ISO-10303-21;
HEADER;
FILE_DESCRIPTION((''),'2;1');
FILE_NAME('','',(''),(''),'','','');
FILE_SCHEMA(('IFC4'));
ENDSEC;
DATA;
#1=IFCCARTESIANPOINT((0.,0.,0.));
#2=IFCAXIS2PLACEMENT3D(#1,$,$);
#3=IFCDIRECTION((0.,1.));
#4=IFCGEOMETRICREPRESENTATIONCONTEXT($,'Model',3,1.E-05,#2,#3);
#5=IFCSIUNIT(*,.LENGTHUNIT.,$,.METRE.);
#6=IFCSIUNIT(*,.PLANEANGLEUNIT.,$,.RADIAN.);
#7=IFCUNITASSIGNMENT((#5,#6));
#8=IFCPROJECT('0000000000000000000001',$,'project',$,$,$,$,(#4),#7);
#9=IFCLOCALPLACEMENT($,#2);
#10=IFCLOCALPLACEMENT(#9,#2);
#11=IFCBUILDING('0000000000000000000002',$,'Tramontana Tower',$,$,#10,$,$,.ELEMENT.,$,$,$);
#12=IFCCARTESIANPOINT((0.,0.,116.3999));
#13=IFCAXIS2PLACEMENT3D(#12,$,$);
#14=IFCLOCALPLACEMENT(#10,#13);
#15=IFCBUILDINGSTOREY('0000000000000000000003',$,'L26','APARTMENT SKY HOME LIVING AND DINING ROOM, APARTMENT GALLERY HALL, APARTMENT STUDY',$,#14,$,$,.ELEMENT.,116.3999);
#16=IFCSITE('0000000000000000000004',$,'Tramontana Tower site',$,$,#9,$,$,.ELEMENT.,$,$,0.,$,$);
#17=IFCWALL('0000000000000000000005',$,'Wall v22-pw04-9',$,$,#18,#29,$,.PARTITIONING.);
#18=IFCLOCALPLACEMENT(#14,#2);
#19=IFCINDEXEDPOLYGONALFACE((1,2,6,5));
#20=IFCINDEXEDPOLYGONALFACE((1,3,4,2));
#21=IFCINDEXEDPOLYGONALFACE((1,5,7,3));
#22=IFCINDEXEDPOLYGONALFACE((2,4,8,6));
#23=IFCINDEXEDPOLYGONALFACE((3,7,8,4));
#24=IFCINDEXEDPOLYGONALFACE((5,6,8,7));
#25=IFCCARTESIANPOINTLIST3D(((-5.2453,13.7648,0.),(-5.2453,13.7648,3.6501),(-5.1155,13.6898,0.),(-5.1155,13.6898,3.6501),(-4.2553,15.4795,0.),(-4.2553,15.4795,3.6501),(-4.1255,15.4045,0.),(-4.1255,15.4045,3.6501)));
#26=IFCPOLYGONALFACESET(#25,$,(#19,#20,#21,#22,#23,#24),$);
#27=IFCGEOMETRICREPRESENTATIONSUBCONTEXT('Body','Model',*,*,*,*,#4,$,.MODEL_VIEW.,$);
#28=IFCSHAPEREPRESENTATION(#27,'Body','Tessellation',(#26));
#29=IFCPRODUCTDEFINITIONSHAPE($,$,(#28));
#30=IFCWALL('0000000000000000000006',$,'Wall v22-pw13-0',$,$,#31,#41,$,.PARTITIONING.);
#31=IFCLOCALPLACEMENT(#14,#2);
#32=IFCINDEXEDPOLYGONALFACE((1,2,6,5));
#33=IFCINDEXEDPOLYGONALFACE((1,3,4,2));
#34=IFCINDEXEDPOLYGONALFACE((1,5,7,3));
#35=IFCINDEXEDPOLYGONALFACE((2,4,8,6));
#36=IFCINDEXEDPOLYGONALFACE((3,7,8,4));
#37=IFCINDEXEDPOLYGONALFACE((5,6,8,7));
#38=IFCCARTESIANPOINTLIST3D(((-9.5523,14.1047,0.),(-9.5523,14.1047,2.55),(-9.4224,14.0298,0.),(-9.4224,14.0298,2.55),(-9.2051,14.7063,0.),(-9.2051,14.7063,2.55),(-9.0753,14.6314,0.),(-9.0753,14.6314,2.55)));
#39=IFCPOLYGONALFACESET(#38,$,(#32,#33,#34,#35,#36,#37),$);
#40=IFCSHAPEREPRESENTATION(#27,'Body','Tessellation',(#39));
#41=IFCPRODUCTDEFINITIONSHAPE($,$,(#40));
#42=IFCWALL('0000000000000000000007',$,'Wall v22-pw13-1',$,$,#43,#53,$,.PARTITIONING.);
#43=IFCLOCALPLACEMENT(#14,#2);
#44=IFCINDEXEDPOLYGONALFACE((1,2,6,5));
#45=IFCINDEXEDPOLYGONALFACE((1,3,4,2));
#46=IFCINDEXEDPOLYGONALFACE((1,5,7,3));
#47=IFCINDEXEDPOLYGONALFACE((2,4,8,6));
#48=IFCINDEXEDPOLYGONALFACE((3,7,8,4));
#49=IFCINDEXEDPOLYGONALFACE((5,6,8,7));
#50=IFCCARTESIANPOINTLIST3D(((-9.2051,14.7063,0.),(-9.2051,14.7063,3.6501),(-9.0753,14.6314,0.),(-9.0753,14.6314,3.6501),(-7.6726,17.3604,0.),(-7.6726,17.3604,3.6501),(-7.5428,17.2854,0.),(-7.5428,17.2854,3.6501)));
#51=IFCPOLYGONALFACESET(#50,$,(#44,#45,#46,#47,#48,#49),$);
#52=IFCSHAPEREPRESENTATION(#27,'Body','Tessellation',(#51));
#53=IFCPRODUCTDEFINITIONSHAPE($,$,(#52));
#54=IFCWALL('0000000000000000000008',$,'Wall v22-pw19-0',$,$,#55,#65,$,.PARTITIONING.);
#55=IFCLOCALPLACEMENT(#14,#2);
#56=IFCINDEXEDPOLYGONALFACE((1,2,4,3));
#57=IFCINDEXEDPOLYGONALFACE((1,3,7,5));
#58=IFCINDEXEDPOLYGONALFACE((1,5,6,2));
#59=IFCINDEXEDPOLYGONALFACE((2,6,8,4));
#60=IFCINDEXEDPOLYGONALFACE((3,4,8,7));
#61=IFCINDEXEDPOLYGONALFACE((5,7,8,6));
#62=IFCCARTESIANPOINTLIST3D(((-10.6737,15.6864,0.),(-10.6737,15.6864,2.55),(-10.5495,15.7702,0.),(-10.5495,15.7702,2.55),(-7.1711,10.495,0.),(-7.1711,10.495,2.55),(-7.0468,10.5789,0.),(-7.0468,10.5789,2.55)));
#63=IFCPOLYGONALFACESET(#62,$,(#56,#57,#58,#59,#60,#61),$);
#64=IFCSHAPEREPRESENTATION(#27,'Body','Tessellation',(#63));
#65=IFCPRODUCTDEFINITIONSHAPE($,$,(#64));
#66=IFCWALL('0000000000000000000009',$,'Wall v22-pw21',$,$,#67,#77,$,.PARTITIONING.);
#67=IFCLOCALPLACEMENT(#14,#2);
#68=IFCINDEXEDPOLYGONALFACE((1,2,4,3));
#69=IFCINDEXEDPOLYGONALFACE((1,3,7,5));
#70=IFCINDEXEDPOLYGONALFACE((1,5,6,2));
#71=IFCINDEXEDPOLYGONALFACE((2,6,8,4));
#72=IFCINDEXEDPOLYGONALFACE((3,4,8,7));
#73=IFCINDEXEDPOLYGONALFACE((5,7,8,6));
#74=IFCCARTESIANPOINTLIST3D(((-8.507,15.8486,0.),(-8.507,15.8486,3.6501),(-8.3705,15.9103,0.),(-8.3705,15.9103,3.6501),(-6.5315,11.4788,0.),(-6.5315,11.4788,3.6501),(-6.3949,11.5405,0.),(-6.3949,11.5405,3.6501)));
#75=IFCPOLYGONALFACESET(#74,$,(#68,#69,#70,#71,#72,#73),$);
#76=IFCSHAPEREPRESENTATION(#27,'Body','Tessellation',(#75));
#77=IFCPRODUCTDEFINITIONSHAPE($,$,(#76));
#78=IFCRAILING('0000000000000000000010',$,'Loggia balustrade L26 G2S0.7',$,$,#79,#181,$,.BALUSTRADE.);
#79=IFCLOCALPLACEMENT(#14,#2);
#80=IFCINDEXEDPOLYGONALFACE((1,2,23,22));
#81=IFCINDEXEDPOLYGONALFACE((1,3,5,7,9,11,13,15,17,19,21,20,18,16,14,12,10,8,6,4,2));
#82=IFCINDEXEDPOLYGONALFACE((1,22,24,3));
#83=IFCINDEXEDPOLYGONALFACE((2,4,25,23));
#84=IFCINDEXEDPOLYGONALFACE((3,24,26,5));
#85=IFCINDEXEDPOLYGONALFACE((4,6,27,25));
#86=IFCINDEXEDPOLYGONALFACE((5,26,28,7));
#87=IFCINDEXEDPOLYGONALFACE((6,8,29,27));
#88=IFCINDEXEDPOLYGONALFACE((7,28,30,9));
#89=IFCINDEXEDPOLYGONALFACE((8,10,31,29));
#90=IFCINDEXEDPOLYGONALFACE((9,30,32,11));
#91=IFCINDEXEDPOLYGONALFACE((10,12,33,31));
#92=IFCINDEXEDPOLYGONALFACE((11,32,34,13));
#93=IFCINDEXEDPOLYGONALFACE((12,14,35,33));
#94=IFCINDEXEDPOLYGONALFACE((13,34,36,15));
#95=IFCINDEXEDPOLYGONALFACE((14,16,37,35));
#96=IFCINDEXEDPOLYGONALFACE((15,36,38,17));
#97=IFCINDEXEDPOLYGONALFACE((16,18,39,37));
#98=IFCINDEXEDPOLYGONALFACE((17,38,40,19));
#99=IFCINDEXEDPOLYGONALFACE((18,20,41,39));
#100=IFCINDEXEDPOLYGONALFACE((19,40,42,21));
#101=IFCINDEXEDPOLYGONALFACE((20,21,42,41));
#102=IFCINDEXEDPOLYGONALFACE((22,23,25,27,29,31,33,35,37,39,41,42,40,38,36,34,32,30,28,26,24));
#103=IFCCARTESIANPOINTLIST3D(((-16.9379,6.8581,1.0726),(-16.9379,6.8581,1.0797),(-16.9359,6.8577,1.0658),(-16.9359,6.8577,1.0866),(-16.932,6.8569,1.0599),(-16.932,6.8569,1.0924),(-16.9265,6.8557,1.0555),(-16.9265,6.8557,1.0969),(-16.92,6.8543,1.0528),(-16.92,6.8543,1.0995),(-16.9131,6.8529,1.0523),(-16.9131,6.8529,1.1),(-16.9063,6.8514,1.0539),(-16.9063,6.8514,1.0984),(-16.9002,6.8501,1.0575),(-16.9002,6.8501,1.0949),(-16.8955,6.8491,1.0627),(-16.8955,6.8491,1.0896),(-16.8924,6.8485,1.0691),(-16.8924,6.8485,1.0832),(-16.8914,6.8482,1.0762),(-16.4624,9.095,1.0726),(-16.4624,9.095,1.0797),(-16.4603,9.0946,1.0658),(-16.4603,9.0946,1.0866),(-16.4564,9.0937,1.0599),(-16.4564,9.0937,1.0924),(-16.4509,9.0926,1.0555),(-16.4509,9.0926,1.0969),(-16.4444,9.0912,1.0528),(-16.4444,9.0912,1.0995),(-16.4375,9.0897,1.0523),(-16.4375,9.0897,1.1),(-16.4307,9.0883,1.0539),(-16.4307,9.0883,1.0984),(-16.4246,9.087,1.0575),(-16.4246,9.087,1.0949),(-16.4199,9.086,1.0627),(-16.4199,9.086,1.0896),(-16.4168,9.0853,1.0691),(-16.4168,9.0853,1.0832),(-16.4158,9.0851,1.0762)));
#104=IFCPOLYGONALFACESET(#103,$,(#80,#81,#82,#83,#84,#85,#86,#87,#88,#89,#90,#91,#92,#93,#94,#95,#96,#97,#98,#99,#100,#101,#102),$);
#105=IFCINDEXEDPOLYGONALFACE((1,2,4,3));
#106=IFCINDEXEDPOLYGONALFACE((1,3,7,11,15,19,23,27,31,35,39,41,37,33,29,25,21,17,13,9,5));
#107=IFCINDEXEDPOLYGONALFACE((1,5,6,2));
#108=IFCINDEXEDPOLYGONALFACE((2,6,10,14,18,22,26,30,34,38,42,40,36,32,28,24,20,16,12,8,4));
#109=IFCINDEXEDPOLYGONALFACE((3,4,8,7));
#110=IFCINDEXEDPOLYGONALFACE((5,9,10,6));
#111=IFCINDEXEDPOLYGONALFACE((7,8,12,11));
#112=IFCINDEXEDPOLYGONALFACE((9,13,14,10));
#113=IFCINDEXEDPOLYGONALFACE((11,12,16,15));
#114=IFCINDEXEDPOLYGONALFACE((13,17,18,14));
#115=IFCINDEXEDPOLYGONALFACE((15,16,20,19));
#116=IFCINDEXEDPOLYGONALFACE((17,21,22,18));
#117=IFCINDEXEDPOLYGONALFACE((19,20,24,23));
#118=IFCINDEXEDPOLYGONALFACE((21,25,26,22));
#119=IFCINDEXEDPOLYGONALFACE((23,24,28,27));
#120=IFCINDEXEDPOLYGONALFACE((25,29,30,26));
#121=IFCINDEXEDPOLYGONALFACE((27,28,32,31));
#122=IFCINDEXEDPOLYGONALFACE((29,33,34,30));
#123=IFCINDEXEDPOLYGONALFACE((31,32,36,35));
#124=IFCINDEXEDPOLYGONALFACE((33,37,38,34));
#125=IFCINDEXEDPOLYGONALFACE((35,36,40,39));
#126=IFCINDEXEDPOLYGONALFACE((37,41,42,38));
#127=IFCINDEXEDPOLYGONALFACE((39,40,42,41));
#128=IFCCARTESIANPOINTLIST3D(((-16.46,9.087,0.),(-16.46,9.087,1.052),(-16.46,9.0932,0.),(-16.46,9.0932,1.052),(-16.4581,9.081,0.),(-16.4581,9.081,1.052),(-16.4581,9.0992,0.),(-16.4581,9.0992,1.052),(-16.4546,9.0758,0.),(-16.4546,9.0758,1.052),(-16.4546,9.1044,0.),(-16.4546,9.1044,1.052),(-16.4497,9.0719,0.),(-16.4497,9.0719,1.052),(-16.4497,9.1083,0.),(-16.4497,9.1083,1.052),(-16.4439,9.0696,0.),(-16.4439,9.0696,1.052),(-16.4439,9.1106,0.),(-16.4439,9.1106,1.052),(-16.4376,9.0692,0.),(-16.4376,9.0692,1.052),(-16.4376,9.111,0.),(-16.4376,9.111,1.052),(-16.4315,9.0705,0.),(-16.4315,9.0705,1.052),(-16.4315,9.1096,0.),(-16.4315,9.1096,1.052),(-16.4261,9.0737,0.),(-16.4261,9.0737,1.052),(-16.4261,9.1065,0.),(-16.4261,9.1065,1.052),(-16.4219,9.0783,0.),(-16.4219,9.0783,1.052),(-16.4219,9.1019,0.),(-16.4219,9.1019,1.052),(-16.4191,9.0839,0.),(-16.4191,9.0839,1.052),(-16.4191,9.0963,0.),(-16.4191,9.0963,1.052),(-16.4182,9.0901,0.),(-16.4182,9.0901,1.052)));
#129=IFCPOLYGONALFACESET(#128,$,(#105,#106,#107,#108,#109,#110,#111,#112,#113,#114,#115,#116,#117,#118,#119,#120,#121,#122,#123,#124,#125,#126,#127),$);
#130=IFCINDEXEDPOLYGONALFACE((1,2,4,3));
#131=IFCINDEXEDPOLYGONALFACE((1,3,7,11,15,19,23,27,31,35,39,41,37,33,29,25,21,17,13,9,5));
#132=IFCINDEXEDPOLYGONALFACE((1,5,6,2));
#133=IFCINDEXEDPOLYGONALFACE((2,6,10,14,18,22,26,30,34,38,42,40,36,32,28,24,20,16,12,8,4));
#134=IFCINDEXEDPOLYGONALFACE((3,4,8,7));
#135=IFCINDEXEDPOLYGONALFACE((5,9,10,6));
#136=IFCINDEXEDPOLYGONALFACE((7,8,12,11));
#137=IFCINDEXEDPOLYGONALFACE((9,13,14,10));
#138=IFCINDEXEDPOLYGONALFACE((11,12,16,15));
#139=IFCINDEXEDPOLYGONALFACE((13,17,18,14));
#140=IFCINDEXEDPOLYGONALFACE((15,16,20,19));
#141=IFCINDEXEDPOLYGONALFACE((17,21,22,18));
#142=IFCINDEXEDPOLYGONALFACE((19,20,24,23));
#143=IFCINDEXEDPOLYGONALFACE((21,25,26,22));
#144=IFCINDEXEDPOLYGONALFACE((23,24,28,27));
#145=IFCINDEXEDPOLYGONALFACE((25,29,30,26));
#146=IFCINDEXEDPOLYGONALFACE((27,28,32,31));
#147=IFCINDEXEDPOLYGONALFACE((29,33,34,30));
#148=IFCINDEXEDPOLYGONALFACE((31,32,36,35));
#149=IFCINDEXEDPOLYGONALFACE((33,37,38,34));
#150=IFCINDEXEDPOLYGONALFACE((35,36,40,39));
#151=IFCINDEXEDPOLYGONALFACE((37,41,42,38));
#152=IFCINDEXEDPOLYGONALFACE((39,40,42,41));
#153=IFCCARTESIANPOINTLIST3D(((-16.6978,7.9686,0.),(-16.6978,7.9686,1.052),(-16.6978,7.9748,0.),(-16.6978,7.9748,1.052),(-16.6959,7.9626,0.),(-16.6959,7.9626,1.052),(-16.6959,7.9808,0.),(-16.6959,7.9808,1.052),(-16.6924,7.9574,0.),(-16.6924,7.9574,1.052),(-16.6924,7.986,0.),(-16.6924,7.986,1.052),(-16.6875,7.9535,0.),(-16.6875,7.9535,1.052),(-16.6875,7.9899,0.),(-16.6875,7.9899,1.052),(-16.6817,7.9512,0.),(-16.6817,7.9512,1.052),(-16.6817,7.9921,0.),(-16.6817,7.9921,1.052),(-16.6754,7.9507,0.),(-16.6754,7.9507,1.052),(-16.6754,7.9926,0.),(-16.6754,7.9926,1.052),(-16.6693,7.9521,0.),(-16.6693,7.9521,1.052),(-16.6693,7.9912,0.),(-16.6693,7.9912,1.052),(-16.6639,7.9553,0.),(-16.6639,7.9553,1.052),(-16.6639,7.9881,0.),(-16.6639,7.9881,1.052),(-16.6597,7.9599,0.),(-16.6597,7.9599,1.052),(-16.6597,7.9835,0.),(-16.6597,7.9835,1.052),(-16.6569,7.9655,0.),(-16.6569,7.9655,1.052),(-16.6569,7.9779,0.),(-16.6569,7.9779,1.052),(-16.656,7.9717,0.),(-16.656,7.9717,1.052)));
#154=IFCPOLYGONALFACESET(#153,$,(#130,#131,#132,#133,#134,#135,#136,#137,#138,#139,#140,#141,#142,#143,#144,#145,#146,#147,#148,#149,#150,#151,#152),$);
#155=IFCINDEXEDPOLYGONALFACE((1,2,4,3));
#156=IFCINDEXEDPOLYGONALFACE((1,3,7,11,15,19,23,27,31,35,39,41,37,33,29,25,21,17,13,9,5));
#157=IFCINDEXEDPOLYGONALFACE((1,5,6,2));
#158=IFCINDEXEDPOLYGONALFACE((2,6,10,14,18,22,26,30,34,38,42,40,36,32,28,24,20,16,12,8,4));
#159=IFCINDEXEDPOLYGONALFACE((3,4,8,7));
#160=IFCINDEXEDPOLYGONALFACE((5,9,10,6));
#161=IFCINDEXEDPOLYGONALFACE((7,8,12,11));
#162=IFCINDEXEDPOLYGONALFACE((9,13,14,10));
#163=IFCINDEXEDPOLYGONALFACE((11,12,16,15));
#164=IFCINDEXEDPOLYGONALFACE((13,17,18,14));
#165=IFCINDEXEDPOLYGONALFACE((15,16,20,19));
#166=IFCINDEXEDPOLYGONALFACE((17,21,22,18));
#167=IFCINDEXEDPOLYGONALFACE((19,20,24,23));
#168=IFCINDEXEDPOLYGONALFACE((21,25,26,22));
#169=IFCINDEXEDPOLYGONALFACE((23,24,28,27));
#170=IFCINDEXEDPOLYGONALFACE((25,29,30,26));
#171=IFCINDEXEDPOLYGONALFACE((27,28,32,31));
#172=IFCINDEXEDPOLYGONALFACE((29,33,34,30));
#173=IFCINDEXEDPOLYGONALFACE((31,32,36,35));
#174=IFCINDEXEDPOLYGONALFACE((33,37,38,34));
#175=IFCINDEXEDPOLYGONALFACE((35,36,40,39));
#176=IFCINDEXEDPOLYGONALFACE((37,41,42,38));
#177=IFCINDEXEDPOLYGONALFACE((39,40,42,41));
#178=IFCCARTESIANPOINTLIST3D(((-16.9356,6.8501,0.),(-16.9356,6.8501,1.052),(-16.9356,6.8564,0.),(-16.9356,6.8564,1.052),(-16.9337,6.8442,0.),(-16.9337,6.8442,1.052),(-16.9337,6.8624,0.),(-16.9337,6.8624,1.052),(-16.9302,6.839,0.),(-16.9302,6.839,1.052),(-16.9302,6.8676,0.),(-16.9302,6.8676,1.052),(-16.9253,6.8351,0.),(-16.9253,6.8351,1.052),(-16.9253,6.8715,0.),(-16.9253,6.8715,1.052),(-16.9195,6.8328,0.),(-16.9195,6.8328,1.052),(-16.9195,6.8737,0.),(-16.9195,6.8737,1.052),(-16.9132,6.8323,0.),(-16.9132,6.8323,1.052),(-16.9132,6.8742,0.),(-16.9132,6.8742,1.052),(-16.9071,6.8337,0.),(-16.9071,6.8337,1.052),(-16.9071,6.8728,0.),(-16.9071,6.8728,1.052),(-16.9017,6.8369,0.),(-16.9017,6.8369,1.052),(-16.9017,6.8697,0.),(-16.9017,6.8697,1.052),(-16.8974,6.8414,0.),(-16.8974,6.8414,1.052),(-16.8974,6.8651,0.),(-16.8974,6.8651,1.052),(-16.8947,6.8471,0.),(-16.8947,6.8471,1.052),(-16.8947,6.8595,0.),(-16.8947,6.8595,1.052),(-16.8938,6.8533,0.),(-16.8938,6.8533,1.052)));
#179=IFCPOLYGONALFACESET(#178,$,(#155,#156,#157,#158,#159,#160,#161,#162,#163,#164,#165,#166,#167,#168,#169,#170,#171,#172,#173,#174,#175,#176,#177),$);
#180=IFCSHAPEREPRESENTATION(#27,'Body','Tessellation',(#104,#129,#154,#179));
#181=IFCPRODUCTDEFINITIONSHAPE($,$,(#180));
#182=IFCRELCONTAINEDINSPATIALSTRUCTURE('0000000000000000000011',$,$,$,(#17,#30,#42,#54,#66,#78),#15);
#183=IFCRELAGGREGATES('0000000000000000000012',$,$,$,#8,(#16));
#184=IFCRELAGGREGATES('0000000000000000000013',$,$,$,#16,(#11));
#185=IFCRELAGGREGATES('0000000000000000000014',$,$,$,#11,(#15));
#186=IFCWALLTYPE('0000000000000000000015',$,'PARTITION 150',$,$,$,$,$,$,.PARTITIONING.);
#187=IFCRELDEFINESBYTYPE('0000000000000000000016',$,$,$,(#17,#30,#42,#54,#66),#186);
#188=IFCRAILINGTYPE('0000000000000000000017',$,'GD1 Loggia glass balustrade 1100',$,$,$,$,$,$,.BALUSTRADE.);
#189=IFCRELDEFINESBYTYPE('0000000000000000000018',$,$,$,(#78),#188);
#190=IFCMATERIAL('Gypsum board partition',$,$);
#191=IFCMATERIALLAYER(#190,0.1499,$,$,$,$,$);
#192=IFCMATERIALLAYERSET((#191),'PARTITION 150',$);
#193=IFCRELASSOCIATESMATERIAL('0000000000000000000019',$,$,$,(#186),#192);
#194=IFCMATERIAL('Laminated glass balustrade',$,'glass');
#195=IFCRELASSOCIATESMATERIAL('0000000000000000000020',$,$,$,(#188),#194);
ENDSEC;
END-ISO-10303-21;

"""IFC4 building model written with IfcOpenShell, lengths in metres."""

from ifc_helpers import new_model, si_unit, direction, frame, frame_2d, origin, origin_2d, place, context, subcontext, project, spatial, rectangle, circle, extrude, material, layer, layer_set, type_object, element, save


model = new_model("IFC4")

# Units and contexts
model_context = context("Model", 3, precision=1e-05, world=origin(), true_north=direction((0.0, 1.0)))
body_context = subcontext(model_context, "Body", "Model", "MODEL_VIEW")
ifc_project = project(units=[si_unit("LENGTHUNIT", "METRE"), si_unit("PLANEANGLEUNIT", "RADIAN")], contexts=[model_context])

# Site, building, storey
site_placement = place(None, origin())
site = spatial("IfcSite", under=ifc_project, at=site_placement, Name="Tramontana Tower site", CompositionType="ELEMENT", RefElevation=0.0)
building_placement = place(site_placement, origin())
building = spatial("IfcBuilding", under=site, at=building_placement, Name="Tramontana Tower", CompositionType="ELEMENT")
storey_placement = place(building_placement, frame((0.0, 0.0, 116.3999)))
storey = spatial("IfcBuildingStorey", under=building, at=storey_placement, Name="L26", Description="APARTMENT SKY HOME LIVING AND DINING ROOM, APARTMENT GALLERY HALL, APARTMENT STUDY", CompositionType="ELEMENT", Elevation=116.3999)

# Shared definitions
ifc_material_1 = material(Name="Gypsum board partition")
ifc_layer_1 = layer(ifc_material_1, 0.1499)
ifc_layer_set_1 = layer_set([ifc_layer_1], Name="PARTITION 150")
wall_type_1 = type_object("IfcWallType", Name="PARTITION 150", PredefinedType="PARTITIONING", material=ifc_layer_set_1)

# Walls
wall_1_placement = place(storey_placement, frame((-5.1804, 13.7273, 0.0), z_axis=(0.0, 0.0, 1.0), x_axis=(0.500025, 0.866011, 0.0)))
element("IfcWall", 1, at=wall_1_placement, inside=storey, type_object=wall_type_1, Name="Wall v22-pw04-9", PredefinedType="PARTITIONING", context=body_context, shape_type="SweptSolid", body=[
    extrude(rectangle(XDim=1.98, YDim=0.1499, at=frame_2d((0.99, 0.0))), origin(), (0.0, 0.0, 1.0), 3.6501),
])
wall_2_placement = place(storey_placement, frame((-9.4873, 14.0674, 0.0), z_axis=(0.0, 0.0, 1.0), x_axis=(0.499844, 0.866115, 0.0)))
element("IfcWall", 2, at=wall_2_placement, inside=storey, type_object=wall_type_1, Name="Wall v22-pw13-0", PredefinedType="PARTITIONING", context=body_context, shape_type="SweptSolid", body=[
    extrude(rectangle(XDim=0.6946, YDim=0.1499, at=frame_2d((0.3472, 0.0))), origin(), (0.0, 0.0, 1.0), 2.55),
])
wall_3_placement = place(storey_placement, frame((-9.1401, 14.6689, 0.0), z_axis=(0.0, 0.0, 1.0), x_axis=(0.500037, 0.866004, 0.0)))
element("IfcWall", 3, at=wall_3_placement, inside=storey, type_object=wall_type_1, Name="Wall v22-pw13-1", PredefinedType="PARTITIONING", context=body_context, shape_type="SweptSolid", body=[
    extrude(rectangle(XDim=3.0647, YDim=0.1499, at=frame_2d((1.5322, 0.0))), origin(), (0.0, 0.0, 1.0), 3.6501),
])
wall_4_placement = place(storey_placement, frame((-7.1089, 10.5369, 0.0), z_axis=(0.0, 0.0, 1.0), x_axis=(-0.559307, 0.828961, 0.0)))
element("IfcWall", 4, at=wall_4_placement, inside=storey, type_object=wall_type_1, Name="Wall v22-pw19-0", PredefinedType="PARTITIONING", context=body_context, shape_type="SweptSolid", body=[
    extrude(rectangle(XDim=6.2625, YDim=0.1499, at=frame_2d((3.1313, 0.0))), origin(), (0.0, 0.0, 1.0), 2.55),
])
wall_5_placement = place(storey_placement, frame((-6.4631, 11.5095, 0.0), z_axis=(0.0, 0.0, 1.0), x_axis=(-0.41195, 0.911207, 0.0)))
element("IfcWall", 5, at=wall_5_placement, inside=storey, type_object=wall_type_1, Name="Wall v22-pw21", PredefinedType="PARTITIONING", context=body_context, shape_type="SweptSolid", body=[
    extrude(rectangle(XDim=4.7957, YDim=0.1499, at=frame_2d((2.3979, 0.0))), origin(), (0.0, 0.0, 1.0), 3.6501),
])

# Railing
ifc_material_2 = material(Name="Laminated glass balustrade", Category="glass")
railing_type_1 = type_object("IfcRailingType", Name="GD1 Loggia glass balustrade 1100", PredefinedType="BALUSTRADE", material=ifc_material_2)
railing_1_placement = place(storey_placement, frame((-16.4392, 9.0901, 0.0)))
element("IfcRailing", 6, at=railing_1_placement, inside=storey, type_object=railing_type_1, Name="Loggia balustrade L26 G2S0.7", PredefinedType="BALUSTRADE", context=body_context, shape_type="SweptSolid", body=[
    extrude(circle(Radius=0.0239, at=origin_2d()), frame((0.0, 0.0, 1.0762), z_axis=(-0.207969, -0.978136, 0.0), x_axis=(0.978136, -0.207969, 0.0)), (0.0, 0.0, 1.0), 2.2869),
    extrude(circle(Radius=0.021, at=origin_2d()), origin(), (0.0, 0.0, 1.0), 1.052),
    extrude(circle(Radius=0.021, at=origin_2d()), frame((-0.2378, -1.1184, 0.0)), (0.0, 0.0, 1.0), 1.052),
    extrude(circle(Radius=0.021, at=origin_2d()), frame((-0.4756, -2.2368, 0.0)), (0.0, 0.0, 1.0), 1.052),
])

save(model, "model.ifc")
